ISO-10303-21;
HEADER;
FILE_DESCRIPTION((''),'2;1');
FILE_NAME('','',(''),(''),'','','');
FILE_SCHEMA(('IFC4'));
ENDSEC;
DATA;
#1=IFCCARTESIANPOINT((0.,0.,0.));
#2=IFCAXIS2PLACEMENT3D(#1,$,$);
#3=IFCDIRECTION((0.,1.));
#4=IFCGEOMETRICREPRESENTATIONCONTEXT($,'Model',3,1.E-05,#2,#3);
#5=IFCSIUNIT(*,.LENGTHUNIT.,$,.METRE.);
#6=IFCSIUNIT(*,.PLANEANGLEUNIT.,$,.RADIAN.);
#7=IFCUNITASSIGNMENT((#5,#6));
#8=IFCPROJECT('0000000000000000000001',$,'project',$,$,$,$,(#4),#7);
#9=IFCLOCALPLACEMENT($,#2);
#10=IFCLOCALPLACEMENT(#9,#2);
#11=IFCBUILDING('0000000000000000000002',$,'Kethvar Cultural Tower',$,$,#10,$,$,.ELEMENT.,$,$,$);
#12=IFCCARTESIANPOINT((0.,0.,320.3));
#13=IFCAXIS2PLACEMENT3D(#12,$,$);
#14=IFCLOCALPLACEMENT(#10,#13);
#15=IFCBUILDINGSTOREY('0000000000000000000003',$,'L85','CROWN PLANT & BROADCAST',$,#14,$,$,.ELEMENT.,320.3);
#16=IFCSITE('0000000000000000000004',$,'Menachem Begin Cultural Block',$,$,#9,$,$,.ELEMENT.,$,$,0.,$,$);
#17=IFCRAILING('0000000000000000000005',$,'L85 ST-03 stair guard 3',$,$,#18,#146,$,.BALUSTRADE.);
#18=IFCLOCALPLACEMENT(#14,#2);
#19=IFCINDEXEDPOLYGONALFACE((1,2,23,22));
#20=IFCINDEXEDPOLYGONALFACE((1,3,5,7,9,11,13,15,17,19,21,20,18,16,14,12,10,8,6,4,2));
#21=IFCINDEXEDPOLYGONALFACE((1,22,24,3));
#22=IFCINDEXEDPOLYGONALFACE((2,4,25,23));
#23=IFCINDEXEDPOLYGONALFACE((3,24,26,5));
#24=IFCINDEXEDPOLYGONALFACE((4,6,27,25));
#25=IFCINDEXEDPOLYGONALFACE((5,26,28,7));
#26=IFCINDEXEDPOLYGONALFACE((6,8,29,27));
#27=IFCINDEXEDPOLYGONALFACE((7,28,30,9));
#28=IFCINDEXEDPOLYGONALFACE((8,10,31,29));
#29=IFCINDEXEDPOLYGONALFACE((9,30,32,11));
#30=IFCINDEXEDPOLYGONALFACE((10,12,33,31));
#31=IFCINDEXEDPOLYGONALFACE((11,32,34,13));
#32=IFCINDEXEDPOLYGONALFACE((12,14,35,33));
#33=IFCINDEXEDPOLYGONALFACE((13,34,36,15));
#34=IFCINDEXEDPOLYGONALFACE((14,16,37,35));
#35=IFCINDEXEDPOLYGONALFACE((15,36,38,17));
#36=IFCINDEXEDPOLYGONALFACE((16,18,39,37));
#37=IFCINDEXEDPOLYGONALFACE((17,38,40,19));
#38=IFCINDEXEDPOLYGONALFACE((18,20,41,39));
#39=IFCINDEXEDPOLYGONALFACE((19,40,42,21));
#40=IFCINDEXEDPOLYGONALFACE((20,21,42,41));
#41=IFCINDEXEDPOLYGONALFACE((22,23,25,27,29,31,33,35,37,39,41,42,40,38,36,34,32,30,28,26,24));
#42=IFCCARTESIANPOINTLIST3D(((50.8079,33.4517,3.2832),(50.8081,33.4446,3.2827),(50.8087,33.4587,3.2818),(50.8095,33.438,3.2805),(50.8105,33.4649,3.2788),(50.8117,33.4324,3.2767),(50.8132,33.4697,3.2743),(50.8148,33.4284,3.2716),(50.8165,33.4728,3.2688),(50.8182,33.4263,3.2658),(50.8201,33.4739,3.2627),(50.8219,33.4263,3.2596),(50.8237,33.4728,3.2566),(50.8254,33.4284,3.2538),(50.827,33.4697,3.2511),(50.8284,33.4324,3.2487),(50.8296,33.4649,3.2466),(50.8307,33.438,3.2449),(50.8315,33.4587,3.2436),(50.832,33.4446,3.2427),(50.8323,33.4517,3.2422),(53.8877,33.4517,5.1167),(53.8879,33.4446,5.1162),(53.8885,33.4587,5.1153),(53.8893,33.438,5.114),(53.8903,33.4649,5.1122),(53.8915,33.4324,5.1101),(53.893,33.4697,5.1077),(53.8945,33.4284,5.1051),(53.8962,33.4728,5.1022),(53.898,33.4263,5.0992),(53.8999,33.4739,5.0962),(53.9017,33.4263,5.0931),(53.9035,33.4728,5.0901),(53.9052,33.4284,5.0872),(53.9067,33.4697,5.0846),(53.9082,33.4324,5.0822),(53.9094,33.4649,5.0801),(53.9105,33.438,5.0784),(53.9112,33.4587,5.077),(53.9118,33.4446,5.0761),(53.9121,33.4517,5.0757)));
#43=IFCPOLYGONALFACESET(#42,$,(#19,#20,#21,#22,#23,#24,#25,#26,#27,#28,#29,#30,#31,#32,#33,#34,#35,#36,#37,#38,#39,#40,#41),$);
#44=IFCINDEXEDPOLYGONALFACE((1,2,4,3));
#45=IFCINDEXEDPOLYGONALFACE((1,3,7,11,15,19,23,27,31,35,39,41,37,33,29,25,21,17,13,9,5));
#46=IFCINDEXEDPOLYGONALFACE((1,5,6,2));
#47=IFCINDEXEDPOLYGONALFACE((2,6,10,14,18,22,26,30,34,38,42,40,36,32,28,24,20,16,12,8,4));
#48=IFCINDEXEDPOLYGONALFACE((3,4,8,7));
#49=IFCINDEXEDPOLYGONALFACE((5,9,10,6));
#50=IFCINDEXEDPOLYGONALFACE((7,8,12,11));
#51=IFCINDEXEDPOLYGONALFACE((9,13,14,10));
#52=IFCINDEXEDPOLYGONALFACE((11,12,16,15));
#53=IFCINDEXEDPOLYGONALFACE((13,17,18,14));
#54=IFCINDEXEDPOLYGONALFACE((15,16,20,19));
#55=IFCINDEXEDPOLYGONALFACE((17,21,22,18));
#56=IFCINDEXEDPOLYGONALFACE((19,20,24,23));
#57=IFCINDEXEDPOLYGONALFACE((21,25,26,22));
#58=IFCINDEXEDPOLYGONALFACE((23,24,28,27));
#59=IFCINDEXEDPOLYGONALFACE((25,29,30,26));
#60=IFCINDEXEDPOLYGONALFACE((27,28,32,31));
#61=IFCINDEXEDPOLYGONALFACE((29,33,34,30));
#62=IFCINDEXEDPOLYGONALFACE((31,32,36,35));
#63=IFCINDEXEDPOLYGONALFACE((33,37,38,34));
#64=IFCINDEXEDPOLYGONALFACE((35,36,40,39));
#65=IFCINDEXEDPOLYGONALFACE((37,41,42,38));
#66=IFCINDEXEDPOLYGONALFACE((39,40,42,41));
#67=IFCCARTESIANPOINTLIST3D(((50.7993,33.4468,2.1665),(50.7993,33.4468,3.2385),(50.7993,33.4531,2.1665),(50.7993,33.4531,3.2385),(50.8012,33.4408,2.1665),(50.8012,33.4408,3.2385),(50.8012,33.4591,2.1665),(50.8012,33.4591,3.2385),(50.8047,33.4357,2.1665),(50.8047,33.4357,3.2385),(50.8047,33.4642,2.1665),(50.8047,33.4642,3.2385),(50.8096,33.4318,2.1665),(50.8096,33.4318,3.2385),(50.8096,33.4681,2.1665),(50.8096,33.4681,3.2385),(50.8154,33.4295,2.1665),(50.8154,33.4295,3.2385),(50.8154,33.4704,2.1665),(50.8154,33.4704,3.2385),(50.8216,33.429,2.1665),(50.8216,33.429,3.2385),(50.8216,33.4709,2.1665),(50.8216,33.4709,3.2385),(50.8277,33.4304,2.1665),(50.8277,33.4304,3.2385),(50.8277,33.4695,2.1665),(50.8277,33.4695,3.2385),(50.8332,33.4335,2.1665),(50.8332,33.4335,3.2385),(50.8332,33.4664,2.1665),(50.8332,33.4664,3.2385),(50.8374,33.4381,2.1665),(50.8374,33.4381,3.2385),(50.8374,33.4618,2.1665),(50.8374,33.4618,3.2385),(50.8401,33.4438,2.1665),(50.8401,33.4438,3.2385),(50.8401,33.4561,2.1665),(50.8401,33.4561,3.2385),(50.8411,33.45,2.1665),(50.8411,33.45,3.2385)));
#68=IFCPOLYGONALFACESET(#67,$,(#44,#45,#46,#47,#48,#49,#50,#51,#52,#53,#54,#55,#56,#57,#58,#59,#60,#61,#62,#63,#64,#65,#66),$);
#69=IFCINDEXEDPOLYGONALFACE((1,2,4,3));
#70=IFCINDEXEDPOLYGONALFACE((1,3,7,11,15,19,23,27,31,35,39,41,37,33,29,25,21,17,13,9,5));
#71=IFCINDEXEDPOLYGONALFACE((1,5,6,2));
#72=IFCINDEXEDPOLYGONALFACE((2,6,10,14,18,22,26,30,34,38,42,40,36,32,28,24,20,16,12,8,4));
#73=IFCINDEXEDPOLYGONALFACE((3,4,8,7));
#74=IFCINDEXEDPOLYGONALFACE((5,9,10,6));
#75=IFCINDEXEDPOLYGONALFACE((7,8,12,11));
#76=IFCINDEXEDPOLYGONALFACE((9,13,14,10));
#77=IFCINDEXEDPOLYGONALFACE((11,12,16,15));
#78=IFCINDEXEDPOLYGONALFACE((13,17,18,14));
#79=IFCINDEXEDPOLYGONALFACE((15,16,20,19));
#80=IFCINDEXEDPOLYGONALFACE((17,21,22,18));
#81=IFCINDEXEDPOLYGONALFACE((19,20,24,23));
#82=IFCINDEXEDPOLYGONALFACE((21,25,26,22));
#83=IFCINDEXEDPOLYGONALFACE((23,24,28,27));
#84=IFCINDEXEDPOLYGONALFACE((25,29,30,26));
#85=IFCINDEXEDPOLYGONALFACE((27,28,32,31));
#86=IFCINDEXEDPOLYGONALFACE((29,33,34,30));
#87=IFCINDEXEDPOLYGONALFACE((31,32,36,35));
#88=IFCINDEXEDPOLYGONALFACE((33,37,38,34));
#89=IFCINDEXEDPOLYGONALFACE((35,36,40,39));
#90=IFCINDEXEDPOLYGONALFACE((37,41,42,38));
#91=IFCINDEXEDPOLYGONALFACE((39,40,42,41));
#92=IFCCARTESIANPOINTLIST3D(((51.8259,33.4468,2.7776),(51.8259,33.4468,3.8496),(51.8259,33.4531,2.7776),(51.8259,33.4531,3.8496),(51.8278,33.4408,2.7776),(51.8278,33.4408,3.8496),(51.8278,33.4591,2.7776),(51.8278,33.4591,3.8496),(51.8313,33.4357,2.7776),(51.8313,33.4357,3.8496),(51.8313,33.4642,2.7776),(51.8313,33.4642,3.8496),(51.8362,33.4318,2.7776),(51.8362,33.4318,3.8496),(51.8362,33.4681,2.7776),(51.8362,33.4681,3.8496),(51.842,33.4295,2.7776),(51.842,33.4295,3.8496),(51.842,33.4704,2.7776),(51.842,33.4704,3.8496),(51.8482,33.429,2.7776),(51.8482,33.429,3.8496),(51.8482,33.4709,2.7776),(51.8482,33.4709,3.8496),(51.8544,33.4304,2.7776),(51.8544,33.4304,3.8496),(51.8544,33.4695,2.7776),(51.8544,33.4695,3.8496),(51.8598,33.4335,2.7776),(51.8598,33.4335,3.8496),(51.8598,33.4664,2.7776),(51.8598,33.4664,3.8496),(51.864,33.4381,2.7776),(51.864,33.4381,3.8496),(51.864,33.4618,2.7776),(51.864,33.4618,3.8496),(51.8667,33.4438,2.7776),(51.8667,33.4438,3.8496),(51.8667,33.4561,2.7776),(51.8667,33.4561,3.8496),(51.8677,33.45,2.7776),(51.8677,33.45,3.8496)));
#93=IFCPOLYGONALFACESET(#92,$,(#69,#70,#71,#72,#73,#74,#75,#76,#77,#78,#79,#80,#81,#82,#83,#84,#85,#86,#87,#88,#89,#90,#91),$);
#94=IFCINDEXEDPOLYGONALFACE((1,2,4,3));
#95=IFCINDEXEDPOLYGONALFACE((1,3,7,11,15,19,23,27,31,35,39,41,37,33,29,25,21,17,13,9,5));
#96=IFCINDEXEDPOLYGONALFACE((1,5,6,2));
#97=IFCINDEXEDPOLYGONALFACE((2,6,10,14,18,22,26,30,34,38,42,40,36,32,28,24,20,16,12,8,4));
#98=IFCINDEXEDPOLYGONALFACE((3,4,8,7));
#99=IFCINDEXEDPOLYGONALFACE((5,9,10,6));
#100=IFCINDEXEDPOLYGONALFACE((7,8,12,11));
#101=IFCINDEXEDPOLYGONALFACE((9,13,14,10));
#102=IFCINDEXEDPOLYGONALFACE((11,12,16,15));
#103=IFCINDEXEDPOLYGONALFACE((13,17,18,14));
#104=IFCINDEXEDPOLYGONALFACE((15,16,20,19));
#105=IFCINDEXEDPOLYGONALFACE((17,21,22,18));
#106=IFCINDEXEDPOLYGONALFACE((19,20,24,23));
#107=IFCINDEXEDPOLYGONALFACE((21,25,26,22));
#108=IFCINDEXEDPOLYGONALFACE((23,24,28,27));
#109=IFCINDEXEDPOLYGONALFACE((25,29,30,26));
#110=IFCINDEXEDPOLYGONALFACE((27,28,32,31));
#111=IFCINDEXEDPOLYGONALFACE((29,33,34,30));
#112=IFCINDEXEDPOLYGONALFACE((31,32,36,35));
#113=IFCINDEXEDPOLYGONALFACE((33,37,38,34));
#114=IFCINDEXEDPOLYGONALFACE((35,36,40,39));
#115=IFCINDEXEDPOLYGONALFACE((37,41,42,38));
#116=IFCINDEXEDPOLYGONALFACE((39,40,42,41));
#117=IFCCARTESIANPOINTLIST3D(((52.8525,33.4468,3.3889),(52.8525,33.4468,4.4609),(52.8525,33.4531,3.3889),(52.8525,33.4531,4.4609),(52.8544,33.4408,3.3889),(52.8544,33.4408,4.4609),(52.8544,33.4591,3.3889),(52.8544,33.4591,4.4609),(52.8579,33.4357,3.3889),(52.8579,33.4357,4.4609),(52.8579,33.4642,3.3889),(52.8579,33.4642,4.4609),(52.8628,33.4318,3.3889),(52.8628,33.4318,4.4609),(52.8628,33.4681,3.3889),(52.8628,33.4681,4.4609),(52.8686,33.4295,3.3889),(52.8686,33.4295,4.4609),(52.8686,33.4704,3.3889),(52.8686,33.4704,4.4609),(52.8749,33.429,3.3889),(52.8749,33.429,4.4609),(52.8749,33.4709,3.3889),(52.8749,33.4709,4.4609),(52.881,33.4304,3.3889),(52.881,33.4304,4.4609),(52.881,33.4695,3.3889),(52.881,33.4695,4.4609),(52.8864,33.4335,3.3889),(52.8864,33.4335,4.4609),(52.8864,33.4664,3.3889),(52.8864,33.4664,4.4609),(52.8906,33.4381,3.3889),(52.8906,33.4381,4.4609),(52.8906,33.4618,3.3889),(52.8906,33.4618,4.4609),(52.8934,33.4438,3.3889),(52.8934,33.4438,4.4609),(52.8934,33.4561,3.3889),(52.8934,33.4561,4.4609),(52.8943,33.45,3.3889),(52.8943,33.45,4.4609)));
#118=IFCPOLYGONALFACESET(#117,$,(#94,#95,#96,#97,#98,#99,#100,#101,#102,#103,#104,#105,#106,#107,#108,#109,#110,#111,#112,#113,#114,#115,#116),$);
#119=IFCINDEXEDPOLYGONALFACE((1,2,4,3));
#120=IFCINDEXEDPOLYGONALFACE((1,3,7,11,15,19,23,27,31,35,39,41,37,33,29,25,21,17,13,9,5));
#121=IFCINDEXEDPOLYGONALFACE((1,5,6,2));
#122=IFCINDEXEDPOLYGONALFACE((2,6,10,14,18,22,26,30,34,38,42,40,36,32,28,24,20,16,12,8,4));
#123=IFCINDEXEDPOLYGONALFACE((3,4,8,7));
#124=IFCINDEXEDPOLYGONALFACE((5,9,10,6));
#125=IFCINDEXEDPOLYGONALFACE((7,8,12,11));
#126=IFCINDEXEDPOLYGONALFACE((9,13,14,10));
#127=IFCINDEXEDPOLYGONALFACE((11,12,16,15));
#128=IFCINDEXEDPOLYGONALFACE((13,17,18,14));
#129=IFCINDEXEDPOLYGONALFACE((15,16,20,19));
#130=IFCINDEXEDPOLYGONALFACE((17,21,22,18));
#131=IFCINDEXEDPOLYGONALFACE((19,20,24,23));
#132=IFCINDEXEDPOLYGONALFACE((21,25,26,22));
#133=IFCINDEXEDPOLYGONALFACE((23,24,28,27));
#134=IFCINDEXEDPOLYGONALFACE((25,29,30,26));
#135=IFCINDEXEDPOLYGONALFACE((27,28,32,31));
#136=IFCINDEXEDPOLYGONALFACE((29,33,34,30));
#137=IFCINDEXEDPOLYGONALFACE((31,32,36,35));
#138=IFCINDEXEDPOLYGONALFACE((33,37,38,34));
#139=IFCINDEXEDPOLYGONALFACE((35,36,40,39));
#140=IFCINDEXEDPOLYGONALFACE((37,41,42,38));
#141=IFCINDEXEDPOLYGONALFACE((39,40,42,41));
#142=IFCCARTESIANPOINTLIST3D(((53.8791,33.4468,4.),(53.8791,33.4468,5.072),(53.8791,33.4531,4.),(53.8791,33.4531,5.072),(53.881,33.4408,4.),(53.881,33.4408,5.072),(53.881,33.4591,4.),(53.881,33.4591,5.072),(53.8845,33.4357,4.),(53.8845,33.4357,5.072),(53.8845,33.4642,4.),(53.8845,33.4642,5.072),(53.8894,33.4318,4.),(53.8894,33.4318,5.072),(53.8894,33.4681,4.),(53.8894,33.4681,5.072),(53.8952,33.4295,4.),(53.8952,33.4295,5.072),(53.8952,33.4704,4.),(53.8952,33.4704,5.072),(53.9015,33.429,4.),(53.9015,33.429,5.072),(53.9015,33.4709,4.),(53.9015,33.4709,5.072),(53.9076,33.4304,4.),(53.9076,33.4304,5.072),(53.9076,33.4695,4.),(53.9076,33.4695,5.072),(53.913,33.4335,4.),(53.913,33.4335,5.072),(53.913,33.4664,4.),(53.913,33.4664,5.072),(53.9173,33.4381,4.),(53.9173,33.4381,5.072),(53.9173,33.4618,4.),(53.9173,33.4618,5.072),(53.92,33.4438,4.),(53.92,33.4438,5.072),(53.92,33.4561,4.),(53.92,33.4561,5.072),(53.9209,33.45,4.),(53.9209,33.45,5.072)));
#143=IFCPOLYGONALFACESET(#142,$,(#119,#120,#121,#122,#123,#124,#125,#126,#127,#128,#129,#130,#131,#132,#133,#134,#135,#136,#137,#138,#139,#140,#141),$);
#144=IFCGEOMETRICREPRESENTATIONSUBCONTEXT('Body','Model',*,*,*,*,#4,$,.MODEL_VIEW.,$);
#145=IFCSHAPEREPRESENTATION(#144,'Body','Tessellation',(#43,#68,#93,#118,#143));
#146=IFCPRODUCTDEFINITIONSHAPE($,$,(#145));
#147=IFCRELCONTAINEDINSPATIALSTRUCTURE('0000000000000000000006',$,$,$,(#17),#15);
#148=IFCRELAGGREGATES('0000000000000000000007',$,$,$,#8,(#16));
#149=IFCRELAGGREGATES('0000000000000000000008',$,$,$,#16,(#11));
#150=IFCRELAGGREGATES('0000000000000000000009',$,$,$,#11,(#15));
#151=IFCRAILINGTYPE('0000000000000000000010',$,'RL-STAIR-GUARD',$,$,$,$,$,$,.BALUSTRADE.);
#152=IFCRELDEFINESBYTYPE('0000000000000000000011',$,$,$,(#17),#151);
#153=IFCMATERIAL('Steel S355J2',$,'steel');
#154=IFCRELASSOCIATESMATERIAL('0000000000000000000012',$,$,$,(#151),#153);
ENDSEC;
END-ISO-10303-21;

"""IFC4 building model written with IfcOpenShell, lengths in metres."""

from ifc_helpers import new_model, si_unit, direction, frame, origin, origin_2d, place, context, subcontext, project, spatial, circle, extrude, material, type_object, element, save


model = new_model("IFC4")

# Units and contexts
model_context = context("Model", 3, precision=1e-05, world=origin(), true_north=direction((0.0, 1.0)))
body_context = subcontext(model_context, "Body", "Model", "MODEL_VIEW")
ifc_project = project(units=[si_unit("LENGTHUNIT", "METRE"), si_unit("PLANEANGLEUNIT", "RADIAN")], contexts=[model_context])

# Site, building, storey
site_placement = place(None, origin())
site = spatial("IfcSite", under=ifc_project, at=site_placement, Name="Menachem Begin Cultural Block", CompositionType="ELEMENT", RefElevation=0.0)
building_placement = place(site_placement, origin())
building = spatial("IfcBuilding", under=site, at=building_placement, Name="Kethvar Cultural Tower", CompositionType="ELEMENT")
storey_placement = place(building_placement, frame((0.0, 0.0, 320.3)))
storey = spatial("IfcBuildingStorey", under=building, at=storey_placement, Name="L85", Description="CROWN PLANT & BROADCAST", CompositionType="ELEMENT", Elevation=320.3)

# Shared definitions
ifc_material_1 = material(Name="Steel S355J2", Category="steel")

# Railing
railing_type_1 = type_object("IfcRailingType", Name="RL-STAIR-GUARD", PredefinedType="BALUSTRADE", material=ifc_material_1)
railing_1_placement = place(storey_placement, frame((50.8201, 33.45, 2.1665)))
element("IfcRailing", 1, at=railing_1_placement, inside=storey, type_object=railing_type_1, Name="L85 ST-03 stair guard 3", PredefinedType="BALUSTRADE", context=body_context, shape_type="SweptSolid", body=[
    extrude(circle(Radius=0.0239, at=origin_2d()), frame((0.0, 0.0, 1.0962), z_axis=(0.859261, 0.0, 0.511538), x_axis=(0.0, 1.0, 0.0)), (0.0, 0.0, 1.0), 3.5842),
    extrude(circle(Radius=0.021, at=origin_2d()), origin(), (0.0, 0.0, 1.0), 1.072),
    extrude(circle(Radius=0.021, at=origin_2d()), frame((1.0266, 0.0, 0.6111)), (0.0, 0.0, 1.0), 1.072),
    extrude(circle(Radius=0.021, at=origin_2d()), frame((2.0532, 0.0, 1.2224)), (0.0, 0.0, 1.0), 1.072),
    extrude(circle(Radius=0.021, at=origin_2d()), frame((3.0798, 0.0, 1.8335)), (0.0, 0.0, 1.0), 1.072),
])

save(model, "model.ifc")
